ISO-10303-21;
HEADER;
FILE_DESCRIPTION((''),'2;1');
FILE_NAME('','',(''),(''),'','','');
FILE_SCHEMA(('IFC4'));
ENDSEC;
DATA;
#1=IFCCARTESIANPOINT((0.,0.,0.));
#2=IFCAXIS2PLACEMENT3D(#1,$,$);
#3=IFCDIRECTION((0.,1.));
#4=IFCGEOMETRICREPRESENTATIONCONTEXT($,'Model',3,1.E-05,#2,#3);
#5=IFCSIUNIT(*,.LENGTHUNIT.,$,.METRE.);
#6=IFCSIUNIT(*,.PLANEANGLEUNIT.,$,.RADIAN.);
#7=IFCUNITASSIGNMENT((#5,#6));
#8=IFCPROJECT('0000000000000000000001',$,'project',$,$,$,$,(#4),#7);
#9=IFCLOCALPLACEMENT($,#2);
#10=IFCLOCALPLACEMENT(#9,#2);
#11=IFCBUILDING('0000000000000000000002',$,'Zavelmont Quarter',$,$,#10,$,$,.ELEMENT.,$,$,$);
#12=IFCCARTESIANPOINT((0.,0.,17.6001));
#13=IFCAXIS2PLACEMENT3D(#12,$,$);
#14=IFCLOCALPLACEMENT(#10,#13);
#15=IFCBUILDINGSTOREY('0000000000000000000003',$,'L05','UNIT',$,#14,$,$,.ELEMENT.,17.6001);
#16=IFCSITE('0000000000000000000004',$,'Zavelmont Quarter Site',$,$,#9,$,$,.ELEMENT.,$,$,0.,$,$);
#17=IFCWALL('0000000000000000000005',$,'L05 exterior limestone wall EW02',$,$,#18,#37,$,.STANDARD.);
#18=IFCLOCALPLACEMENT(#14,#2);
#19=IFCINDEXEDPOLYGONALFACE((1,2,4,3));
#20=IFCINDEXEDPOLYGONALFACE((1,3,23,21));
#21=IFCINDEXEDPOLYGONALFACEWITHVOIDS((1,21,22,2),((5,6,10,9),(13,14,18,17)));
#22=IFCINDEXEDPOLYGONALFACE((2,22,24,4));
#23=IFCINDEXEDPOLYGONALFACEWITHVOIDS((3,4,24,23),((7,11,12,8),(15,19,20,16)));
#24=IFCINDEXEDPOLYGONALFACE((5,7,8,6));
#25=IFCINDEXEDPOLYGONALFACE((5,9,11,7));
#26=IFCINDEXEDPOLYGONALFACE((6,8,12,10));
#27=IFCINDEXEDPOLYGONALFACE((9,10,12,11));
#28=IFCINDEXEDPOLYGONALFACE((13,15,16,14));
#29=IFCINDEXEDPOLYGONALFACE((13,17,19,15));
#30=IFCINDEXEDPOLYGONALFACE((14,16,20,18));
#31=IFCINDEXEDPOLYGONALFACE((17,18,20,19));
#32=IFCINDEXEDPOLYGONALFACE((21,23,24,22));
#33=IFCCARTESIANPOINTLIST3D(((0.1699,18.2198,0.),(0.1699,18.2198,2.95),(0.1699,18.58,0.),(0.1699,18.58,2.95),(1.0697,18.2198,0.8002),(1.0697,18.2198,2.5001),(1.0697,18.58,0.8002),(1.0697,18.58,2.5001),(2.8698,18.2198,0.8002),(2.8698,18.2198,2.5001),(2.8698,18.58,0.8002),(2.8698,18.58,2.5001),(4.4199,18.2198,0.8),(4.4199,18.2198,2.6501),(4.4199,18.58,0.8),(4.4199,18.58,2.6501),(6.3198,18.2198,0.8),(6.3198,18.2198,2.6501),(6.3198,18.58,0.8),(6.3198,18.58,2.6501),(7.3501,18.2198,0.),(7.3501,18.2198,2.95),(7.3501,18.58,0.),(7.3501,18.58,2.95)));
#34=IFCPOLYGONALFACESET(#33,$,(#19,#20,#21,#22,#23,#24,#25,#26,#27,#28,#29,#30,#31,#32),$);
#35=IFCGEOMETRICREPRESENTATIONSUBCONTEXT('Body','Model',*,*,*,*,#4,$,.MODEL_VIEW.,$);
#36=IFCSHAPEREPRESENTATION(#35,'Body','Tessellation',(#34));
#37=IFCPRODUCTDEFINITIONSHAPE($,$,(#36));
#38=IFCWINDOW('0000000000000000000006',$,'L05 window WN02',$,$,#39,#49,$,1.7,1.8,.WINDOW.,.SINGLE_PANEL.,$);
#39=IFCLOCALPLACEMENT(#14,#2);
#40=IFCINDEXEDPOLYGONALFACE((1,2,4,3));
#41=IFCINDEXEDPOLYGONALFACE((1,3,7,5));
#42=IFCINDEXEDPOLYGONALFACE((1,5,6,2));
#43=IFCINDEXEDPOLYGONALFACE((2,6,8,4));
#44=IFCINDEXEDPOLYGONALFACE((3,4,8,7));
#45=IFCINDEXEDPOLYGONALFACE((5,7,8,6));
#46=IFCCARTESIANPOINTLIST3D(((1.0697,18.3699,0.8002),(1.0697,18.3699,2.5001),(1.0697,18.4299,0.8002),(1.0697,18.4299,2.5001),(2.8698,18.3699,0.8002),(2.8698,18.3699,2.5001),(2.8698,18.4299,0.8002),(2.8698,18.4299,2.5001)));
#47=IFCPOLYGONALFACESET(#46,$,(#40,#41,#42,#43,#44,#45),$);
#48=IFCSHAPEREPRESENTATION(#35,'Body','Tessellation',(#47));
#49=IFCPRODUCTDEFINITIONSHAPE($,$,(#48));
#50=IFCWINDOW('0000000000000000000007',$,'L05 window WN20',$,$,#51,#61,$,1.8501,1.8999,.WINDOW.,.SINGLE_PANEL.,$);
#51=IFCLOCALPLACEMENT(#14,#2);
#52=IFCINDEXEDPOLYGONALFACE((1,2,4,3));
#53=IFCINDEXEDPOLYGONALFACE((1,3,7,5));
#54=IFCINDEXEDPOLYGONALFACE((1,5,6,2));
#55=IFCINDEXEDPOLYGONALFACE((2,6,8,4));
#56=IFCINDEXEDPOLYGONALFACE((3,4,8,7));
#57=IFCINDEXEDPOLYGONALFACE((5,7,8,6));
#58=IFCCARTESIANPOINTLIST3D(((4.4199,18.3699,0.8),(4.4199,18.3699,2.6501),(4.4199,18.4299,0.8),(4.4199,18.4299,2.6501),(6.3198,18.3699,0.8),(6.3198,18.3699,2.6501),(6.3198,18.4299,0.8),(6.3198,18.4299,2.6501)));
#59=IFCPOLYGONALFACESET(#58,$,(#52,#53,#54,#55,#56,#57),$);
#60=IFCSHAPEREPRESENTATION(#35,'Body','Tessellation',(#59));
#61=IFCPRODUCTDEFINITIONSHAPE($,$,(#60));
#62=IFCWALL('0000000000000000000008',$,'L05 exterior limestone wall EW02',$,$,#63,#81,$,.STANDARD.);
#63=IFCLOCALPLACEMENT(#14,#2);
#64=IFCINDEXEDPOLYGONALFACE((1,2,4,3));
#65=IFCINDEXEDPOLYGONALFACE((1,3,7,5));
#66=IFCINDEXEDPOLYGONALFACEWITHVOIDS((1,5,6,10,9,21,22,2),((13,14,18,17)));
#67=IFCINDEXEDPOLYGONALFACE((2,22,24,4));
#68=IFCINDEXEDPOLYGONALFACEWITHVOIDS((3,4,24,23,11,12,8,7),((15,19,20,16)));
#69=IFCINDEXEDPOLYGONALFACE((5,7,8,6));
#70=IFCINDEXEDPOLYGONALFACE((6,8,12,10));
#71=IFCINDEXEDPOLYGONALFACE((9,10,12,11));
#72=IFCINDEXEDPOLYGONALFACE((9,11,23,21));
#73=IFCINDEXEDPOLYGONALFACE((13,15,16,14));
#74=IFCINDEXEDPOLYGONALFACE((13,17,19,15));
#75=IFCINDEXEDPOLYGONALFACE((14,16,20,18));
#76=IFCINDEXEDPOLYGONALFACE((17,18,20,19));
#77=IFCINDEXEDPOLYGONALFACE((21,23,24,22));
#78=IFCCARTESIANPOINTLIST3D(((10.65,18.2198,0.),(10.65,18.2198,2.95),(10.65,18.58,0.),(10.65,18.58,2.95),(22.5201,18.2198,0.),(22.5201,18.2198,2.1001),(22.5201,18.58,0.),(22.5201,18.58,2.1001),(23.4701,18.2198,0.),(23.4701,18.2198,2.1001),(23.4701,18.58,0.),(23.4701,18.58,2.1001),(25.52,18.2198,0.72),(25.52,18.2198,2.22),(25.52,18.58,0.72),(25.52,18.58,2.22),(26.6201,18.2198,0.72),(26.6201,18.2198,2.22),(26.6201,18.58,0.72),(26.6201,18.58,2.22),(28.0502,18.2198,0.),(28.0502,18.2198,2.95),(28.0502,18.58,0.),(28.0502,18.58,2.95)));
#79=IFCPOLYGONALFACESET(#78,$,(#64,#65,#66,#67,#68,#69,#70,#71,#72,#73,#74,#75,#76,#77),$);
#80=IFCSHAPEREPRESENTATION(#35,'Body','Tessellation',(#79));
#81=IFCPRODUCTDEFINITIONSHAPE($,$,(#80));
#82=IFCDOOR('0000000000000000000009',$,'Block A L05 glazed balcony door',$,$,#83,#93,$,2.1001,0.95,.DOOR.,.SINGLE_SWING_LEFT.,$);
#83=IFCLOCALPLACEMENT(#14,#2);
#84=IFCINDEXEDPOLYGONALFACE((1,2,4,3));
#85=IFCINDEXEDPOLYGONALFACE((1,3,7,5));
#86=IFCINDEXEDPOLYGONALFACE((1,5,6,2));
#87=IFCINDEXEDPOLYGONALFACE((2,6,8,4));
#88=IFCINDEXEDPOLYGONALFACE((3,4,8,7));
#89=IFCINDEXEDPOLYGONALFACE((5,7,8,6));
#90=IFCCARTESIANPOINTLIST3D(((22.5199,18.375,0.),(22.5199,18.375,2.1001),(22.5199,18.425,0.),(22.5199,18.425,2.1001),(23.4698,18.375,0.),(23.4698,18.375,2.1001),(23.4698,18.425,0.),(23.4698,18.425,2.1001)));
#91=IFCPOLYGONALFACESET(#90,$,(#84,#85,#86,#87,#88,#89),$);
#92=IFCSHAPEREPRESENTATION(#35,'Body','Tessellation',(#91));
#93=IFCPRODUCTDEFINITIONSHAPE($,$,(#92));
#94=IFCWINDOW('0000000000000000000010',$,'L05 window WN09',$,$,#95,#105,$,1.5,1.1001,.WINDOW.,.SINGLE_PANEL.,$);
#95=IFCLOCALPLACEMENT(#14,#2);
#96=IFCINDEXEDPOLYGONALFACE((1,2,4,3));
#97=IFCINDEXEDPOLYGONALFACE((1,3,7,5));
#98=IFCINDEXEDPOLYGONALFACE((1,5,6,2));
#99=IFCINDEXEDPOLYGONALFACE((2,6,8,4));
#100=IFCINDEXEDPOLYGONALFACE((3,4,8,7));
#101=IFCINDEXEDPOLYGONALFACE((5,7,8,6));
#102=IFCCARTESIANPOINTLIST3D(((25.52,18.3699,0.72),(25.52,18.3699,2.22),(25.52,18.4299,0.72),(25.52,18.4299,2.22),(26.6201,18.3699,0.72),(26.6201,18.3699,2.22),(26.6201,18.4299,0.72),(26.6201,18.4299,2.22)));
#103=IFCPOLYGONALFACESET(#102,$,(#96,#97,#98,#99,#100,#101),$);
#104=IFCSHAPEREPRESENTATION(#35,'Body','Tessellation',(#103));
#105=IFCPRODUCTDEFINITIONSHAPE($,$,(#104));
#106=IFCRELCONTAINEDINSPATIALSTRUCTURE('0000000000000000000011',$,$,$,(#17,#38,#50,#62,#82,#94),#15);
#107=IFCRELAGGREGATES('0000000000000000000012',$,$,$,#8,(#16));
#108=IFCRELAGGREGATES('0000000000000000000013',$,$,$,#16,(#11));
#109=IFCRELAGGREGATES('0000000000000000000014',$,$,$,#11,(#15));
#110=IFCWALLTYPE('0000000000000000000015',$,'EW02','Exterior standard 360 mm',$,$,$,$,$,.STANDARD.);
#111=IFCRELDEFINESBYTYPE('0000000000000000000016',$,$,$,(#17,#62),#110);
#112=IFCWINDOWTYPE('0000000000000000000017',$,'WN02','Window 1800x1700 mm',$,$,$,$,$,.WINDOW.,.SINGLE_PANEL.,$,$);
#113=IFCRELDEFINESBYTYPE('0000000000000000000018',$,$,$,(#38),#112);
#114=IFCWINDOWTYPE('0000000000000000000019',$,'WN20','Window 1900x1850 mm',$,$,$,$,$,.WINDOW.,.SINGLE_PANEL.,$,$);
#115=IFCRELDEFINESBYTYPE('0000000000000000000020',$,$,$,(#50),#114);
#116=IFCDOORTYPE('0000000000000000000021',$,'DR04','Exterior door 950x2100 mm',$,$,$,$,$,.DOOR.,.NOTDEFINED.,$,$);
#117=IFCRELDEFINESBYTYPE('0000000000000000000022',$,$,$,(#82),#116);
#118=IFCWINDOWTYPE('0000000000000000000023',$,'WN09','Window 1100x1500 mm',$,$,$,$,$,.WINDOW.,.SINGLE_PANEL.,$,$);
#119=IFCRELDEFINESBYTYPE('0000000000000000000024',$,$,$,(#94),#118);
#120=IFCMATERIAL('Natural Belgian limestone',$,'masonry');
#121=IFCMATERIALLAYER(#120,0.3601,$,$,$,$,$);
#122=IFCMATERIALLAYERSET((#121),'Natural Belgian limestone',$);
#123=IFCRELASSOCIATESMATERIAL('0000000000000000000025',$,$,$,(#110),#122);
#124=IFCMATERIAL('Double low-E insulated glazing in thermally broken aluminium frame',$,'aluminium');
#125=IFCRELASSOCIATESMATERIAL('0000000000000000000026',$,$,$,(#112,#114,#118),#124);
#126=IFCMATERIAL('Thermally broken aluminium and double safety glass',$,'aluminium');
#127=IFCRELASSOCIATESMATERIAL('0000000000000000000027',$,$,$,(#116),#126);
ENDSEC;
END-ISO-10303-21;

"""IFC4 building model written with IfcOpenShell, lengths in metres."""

from ifc_helpers import new_model, si_unit, direction, frame, frame_2d, origin, origin_with_axes, place, context, subcontext, project, spatial, rectangle, extrude, material, layer, layer_set, type_object, element, fill, save


model = new_model("IFC4")

# Units and contexts
model_context = context("Model", 3, precision=1e-05, world=origin(), true_north=direction((0.0, 1.0)))
body_context = subcontext(model_context, "Body", "Model", "MODEL_VIEW")
ifc_project = project(units=[si_unit("LENGTHUNIT", "METRE"), si_unit("PLANEANGLEUNIT", "RADIAN")], contexts=[model_context])

# Site, building, storey
site_placement = place(None, origin())
site = spatial("IfcSite", under=ifc_project, at=site_placement, Name="Zavelmont Quarter Site", CompositionType="ELEMENT", RefElevation=0.0)
building_placement = place(site_placement, origin())
building = spatial("IfcBuilding", under=site, at=building_placement, Name="Zavelmont Quarter", CompositionType="ELEMENT")
storey_placement = place(building_placement, frame((0.0, 0.0, 17.6001)))
storey = spatial("IfcBuildingStorey", under=building, at=storey_placement, Name="L05", Description="UNIT", CompositionType="ELEMENT", Elevation=17.6001)

# Wall, openings, windows
ifc_material_1 = material(Name="Natural Belgian limestone", Category="masonry")
ifc_layer_1 = layer(ifc_material_1, 0.3601)
ifc_layer_set_1 = layer_set([ifc_layer_1], Name="Natural Belgian limestone")
wall_type_1 = type_object("IfcWallType", Name="EW02", Description="Exterior standard 360 mm", PredefinedType="STANDARD", material=ifc_layer_set_1)
wall_1_placement = place(storey_placement, frame((0.1699, 18.3999, 0.0), z_axis=(0.0, 0.0, 1.0), x_axis=(1.0, 0.0, 0.0)))
wall_1 = element("IfcWall", 1, at=wall_1_placement, inside=storey, type_object=wall_type_1, Name="L05 exterior limestone wall EW02", PredefinedType="STANDARD", context=body_context, shape_type="SweptSolid", body=[
    extrude(rectangle(XDim=7.1802, YDim=0.3601, at=frame_2d((3.5901, 0.0))), origin(), (0.0, 0.0, 1.0), 2.95),
])
opening_1_placement = place(wall_1_placement, frame((0.8999, 0.0, 0.8)))
opening_1 = element("IfcOpeningElement", 2, at=opening_1_placement, cuts=wall_1, PredefinedType="OPENING", context=body_context, shape_type="SweptSolid", body=[
    extrude(rectangle(XDim=1.8, YDim=1.7, at=frame_2d((0.8999, 0.8501))), frame((0.0, 0.1919, 0.0), z_axis=(0.0, -1.0, 0.0), x_axis=(1.0, 0.0, 0.0)), (0.0, 0.0, 1.0), 0.384),
])
opening_2_placement = place(wall_1_placement, frame((4.25, 0.0, 0.8)))
opening_2 = element("IfcOpeningElement", 3, at=opening_2_placement, cuts=wall_1, PredefinedType="OPENING", context=body_context, shape_type="SweptSolid", body=[
    extrude(rectangle(XDim=1.8999, YDim=1.8501, at=frame_2d((0.95, 0.925))), frame((0.0, 0.1919, 0.0), z_axis=(0.0, -1.0, 0.0), x_axis=(1.0, 0.0, 0.0)), (0.0, 0.0, 1.0), 0.384),
])
ifc_material_2 = material(Name="Double low-E insulated glazing in thermally broken aluminium frame", Category="aluminium")
window_type_1 = type_object("IfcWindowType", Name="WN02", Description="Window 1800x1700 mm", PartitioningType="SINGLE_PANEL", PredefinedType="WINDOW", material=ifc_material_2)
window_1_placement = place(opening_1_placement, origin_with_axes())
window_1 = element("IfcWindow", 4, at=window_1_placement, inside=storey, type_object=window_type_1, Name="L05 window WN02", OverallHeight=1.7, OverallWidth=1.8, PartitioningType="SINGLE_PANEL", PredefinedType="WINDOW", context=body_context, shape_type="SweptSolid", body=[
    extrude(rectangle(XDim=1.8, YDim=1.7, at=frame_2d((0.8999, 0.8501))), frame((0.0, 0.03, 0.0), z_axis=(0.0, -1.0, 0.0), x_axis=(1.0, 0.0, 0.0)), (0.0, 0.0, 1.0), 0.0601),
])
fill(opening_1, window_1)
window_type_2 = type_object("IfcWindowType", Name="WN20", Description="Window 1900x1850 mm", PartitioningType="SINGLE_PANEL", PredefinedType="WINDOW", material=ifc_material_2)
window_2_placement = place(opening_2_placement, origin_with_axes())
window_2 = element("IfcWindow", 5, at=window_2_placement, inside=storey, type_object=window_type_2, Name="L05 window WN20", OverallHeight=1.8501, OverallWidth=1.8999, PartitioningType="SINGLE_PANEL", PredefinedType="WINDOW", context=body_context, shape_type="SweptSolid", body=[
    extrude(rectangle(XDim=1.8999, YDim=1.8501, at=frame_2d((0.95, 0.925))), frame((0.0, 0.03, 0.0), z_axis=(0.0, -1.0, 0.0), x_axis=(1.0, 0.0, 0.0)), (0.0, 0.0, 1.0), 0.0601),
])
fill(opening_2, window_2)

# Wall, openings, door, window
wall_2_placement = place(storey_placement, frame((10.6499, 18.3999, 0.0), z_axis=(0.0, 0.0, 1.0), x_axis=(1.0, 0.0, 0.0)))
wall_2 = element("IfcWall", 6, at=wall_2_placement, inside=storey, type_object=wall_type_1, Name="L05 exterior limestone wall EW02", PredefinedType="STANDARD", context=body_context, shape_type="SweptSolid", body=[
    extrude(rectangle(XDim=17.4001, YDim=0.3601, at=frame_2d((8.7002, 0.0))), origin(), (0.0, 0.0, 1.0), 2.95),
])
opening_3_placement = place(wall_2_placement, frame((11.8701, 0.0, 0.0)))
opening_3 = element("IfcOpeningElement", 7, at=opening_3_placement, cuts=wall_2, PredefinedType="OPENING", context=body_context, shape_type="SweptSolid", body=[
    extrude(rectangle(XDim=0.95, YDim=2.1001, at=frame_2d((0.4751, 1.05))), frame((0.0, 0.1919, 0.0), z_axis=(0.0, -1.0, 0.0), x_axis=(1.0, 0.0, 0.0)), (0.0, 0.0, 1.0), 0.384),
])
opening_4_placement = place(wall_2_placement, frame((14.8701, 0.0, 0.72)))
opening_4 = element("IfcOpeningElement", 8, at=opening_4_placement, cuts=wall_2, PredefinedType="OPENING", context=body_context, shape_type="SweptSolid", body=[
    extrude(rectangle(XDim=1.1001, YDim=1.5, at=frame_2d((0.55, 0.75))), frame((0.0, 0.1919, 0.0), z_axis=(0.0, -1.0, 0.0), x_axis=(1.0, 0.0, 0.0)), (0.0, 0.0, 1.0), 0.384),
])
ifc_material_3 = material(Name="Thermally broken aluminium and double safety glass", Category="aluminium")
door_type = type_object("IfcDoorType", Name="DR04", Description="Exterior door 950x2100 mm", OperationType="NOTDEFINED", PredefinedType="DOOR", material=ifc_material_3)
door_1_placement = place(opening_3_placement, frame((0.95, 0.0, 0.0), z_axis=(0.0, 0.0, 1.0), x_axis=(-1.0, 0.0, 0.0)))
door_1 = element("IfcDoor", 9, at=door_1_placement, inside=storey, type_object=door_type, Name="Block A L05 glazed balcony door", OperationType="SINGLE_SWING_LEFT", OverallHeight=2.1001, OverallWidth=0.95, PredefinedType="DOOR", context=body_context, shape_type="SweptSolid", body=[
    extrude(rectangle(XDim=0.95, YDim=2.1001, at=frame_2d((0.4751, 1.05))), frame((0.0, 0.0249, 0.0), z_axis=(0.0, -1.0, 0.0), x_axis=(1.0, 0.0, 0.0)), (0.0, 0.0, 1.0), 0.05),
])
fill(opening_3, door_1)
window_type_3 = type_object("IfcWindowType", Name="WN09", Description="Window 1100x1500 mm", PartitioningType="SINGLE_PANEL", PredefinedType="WINDOW", material=ifc_material_2)
window_3_placement = place(opening_4_placement, origin_with_axes())
window_3 = element("IfcWindow", 10, at=window_3_placement, inside=storey, type_object=window_type_3, Name="L05 window WN09", OverallHeight=1.5, OverallWidth=1.1001, PartitioningType="SINGLE_PANEL", PredefinedType="WINDOW", context=body_context, shape_type="SweptSolid", body=[
    extrude(rectangle(XDim=1.1001, YDim=1.5, at=frame_2d((0.55, 0.75))), frame((0.0, 0.03, 0.0), z_axis=(0.0, -1.0, 0.0), x_axis=(1.0, 0.0, 0.0)), (0.0, 0.0, 1.0), 0.0601),
])
fill(opening_4, window_3)

save(model, "model.ifc")
